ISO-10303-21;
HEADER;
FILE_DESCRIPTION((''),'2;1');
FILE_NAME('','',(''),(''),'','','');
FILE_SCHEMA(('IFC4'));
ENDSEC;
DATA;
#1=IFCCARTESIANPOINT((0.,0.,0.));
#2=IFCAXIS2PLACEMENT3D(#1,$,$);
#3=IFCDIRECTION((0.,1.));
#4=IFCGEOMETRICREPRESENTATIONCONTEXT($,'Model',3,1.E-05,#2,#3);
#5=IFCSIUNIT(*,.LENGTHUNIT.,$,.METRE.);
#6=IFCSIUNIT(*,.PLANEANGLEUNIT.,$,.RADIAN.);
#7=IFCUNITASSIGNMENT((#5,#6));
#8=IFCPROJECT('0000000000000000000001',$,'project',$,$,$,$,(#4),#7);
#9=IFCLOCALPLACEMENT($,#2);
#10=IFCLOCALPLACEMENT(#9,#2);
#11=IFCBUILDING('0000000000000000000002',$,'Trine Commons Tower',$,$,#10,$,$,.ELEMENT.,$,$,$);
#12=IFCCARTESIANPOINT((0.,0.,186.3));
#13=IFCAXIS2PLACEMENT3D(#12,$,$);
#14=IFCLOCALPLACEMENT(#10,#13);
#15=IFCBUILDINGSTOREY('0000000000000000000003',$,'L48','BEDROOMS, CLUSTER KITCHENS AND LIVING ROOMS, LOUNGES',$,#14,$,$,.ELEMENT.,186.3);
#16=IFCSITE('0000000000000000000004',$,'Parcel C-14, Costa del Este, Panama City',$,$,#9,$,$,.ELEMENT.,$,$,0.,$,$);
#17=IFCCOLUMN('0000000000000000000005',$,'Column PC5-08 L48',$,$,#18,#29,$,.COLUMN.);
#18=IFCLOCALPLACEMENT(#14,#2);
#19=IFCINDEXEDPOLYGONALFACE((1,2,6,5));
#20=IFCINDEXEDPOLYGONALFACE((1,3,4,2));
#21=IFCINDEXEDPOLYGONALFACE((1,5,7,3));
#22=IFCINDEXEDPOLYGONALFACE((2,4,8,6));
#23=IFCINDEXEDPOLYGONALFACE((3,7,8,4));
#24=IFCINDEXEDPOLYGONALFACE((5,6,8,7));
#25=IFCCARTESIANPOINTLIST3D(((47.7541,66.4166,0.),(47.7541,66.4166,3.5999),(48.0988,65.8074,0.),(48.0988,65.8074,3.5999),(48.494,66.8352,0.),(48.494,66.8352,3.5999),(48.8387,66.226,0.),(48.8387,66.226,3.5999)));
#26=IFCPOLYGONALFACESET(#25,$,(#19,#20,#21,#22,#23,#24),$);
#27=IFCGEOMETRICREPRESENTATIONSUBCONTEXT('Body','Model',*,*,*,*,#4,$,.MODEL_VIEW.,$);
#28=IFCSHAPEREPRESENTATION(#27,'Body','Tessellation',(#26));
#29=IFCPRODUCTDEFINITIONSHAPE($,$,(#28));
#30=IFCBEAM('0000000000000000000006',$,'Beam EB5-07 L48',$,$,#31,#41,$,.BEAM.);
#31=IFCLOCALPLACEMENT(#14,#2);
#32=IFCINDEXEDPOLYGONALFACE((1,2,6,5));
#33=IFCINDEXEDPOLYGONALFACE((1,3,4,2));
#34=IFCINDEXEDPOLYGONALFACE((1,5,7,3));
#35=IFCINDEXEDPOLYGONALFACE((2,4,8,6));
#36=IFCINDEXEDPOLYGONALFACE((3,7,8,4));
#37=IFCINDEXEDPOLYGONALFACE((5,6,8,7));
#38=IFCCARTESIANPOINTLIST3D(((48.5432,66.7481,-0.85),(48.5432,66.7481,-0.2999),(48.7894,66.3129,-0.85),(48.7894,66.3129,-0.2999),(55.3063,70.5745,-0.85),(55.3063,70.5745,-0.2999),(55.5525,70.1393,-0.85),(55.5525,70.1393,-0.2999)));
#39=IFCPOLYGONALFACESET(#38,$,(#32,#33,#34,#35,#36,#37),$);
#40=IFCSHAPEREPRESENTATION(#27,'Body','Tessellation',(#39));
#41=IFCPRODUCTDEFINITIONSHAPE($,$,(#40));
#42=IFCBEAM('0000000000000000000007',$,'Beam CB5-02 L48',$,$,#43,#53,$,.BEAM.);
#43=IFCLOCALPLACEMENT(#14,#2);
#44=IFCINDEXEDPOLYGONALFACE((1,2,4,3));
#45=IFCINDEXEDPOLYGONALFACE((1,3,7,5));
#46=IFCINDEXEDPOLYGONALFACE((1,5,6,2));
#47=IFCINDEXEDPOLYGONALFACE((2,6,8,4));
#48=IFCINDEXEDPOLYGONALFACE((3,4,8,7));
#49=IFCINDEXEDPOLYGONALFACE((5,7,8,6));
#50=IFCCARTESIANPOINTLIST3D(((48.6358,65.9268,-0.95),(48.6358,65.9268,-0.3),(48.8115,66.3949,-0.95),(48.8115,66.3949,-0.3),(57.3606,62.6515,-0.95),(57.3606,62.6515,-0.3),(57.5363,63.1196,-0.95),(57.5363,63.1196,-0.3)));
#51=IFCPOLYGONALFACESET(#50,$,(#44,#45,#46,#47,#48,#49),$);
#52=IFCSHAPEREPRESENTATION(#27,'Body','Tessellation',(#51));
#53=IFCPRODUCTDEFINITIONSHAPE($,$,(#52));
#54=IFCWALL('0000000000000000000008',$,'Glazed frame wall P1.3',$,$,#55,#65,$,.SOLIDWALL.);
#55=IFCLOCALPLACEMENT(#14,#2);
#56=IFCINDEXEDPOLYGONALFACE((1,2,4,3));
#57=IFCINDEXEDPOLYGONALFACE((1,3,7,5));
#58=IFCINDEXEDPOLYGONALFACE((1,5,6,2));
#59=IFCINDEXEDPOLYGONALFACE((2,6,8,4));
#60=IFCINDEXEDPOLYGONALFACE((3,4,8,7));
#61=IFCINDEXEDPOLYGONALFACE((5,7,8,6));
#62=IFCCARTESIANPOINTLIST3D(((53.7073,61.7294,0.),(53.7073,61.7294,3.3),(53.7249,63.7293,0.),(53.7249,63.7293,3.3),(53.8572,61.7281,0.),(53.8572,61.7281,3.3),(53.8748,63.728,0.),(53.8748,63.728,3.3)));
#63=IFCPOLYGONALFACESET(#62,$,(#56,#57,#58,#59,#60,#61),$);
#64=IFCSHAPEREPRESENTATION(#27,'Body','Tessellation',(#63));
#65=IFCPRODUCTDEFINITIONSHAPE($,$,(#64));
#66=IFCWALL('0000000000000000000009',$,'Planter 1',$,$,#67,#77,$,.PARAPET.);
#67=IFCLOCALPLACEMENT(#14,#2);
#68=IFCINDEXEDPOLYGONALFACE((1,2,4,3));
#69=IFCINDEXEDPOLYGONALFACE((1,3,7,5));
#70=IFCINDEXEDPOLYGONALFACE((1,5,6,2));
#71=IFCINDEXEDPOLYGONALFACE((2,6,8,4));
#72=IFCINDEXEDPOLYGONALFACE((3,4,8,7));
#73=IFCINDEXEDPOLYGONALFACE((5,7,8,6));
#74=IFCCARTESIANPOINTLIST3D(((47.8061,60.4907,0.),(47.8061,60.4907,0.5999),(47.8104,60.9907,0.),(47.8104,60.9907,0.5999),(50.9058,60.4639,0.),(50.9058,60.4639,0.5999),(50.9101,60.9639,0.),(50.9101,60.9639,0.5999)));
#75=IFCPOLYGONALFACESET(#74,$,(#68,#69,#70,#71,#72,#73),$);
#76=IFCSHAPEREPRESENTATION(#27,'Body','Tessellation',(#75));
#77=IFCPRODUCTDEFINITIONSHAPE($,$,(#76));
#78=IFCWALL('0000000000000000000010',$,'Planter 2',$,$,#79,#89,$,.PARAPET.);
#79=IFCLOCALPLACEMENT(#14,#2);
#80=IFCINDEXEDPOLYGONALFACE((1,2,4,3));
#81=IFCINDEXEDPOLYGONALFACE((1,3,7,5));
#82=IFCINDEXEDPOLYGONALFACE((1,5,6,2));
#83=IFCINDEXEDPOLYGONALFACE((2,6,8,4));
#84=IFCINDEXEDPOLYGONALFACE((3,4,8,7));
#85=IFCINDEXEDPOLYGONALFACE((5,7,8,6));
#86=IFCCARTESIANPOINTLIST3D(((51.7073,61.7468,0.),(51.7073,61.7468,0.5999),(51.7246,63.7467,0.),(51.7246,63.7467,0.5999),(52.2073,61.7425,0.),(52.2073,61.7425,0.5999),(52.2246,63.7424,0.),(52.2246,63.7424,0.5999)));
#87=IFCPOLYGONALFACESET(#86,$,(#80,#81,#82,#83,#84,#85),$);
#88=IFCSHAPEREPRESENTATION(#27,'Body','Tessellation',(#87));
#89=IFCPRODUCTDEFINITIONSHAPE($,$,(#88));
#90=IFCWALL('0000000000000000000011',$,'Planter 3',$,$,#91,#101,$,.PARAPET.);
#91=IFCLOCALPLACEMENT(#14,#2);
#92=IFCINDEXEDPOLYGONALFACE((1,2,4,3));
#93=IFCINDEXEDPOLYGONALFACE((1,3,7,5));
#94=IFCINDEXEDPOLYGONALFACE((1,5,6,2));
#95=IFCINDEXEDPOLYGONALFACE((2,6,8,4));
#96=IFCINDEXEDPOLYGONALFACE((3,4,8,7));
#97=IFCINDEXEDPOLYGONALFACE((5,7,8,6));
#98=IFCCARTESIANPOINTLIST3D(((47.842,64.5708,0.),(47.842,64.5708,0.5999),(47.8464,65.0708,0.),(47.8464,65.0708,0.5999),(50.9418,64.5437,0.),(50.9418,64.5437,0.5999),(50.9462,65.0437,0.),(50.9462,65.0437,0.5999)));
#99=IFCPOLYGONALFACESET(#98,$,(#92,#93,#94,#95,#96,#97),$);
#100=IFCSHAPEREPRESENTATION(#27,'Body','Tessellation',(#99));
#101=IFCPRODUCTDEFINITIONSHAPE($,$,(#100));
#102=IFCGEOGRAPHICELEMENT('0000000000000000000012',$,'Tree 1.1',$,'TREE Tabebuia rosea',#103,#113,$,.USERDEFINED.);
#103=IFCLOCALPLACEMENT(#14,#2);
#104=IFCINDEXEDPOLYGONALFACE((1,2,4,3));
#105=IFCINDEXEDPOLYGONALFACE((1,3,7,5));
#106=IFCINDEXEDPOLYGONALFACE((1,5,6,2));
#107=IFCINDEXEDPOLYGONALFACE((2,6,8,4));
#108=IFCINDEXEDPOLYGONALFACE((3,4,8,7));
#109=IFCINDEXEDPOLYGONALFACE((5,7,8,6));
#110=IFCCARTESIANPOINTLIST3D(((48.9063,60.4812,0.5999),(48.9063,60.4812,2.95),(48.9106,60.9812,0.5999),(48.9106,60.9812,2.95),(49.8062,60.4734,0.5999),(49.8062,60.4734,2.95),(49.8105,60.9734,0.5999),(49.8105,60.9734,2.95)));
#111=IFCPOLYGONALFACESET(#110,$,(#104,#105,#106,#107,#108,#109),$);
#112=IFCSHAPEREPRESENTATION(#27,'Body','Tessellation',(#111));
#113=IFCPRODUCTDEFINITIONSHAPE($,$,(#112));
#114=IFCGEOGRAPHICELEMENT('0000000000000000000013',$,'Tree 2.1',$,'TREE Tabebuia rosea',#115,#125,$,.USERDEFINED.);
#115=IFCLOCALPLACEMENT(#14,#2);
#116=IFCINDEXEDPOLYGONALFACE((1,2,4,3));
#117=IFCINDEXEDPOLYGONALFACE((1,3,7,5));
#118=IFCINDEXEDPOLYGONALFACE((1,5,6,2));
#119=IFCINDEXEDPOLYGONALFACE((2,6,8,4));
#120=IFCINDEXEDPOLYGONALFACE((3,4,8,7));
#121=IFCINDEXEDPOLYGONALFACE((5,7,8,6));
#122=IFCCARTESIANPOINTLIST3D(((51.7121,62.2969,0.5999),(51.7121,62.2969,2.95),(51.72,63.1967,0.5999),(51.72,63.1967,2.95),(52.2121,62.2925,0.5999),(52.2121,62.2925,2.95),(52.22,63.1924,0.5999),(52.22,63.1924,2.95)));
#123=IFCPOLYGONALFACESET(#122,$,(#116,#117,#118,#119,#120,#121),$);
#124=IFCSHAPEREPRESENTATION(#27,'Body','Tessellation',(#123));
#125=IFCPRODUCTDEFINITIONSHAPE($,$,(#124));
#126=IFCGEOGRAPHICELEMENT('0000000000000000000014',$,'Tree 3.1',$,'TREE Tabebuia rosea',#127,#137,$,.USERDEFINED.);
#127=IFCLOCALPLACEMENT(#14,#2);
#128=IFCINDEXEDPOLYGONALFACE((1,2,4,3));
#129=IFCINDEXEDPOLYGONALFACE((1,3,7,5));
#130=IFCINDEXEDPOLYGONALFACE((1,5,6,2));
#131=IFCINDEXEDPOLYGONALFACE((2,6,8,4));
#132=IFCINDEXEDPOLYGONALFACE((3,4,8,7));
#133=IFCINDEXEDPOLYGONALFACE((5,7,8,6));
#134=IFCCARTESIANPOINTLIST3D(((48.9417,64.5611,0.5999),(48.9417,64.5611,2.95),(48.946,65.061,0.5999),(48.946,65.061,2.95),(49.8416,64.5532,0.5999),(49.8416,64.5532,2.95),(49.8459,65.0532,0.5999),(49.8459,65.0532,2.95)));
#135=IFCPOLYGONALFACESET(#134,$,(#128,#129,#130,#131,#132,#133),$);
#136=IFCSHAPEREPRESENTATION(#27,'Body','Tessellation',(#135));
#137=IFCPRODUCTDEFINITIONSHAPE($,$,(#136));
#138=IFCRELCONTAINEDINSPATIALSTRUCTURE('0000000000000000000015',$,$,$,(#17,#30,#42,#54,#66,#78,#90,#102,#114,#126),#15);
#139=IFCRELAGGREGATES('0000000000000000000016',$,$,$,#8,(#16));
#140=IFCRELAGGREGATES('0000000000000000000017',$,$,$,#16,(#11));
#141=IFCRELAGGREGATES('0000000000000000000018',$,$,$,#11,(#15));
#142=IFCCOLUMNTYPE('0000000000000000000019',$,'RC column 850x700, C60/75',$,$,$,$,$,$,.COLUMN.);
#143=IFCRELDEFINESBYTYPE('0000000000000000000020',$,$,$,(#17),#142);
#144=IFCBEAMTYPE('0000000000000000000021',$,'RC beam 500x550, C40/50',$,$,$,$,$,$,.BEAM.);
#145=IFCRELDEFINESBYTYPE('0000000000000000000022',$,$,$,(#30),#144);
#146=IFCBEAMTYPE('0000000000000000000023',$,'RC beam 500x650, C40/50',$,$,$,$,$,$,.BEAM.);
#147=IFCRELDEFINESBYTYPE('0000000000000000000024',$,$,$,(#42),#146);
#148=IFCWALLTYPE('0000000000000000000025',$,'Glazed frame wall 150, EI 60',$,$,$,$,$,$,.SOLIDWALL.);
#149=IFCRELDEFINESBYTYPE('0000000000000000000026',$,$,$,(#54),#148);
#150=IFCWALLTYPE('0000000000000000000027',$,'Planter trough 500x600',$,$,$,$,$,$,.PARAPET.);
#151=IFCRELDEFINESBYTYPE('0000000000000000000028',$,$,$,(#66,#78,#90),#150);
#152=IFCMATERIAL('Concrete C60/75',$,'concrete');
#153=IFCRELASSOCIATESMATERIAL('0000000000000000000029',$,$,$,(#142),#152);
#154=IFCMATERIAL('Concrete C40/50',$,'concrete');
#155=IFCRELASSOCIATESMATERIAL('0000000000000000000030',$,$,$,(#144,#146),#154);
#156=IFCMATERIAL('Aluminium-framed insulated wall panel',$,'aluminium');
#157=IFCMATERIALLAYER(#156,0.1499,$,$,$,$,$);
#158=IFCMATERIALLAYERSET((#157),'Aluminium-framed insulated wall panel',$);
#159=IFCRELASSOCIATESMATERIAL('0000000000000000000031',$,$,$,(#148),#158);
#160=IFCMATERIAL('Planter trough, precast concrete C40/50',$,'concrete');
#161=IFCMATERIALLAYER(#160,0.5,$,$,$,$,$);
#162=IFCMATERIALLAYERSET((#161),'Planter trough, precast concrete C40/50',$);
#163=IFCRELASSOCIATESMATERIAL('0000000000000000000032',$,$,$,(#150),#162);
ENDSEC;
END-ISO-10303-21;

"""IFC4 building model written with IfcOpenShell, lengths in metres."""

from ifc_helpers import new_model, si_unit, direction, frame, frame_2d, origin, origin_2d, place, context, subcontext, project, spatial, polyline, rectangle, outline, extrude, material, layer, layer_set, material_profile, profile_set, type_object, element, save


model = new_model("IFC4")

# Units and contexts
model_context = context("Model", 3, precision=1e-05, world=origin(), true_north=direction((0.0, 1.0)))
body_context = subcontext(model_context, "Body", "Model", "MODEL_VIEW")
ifc_project = project(units=[si_unit("LENGTHUNIT", "METRE"), si_unit("PLANEANGLEUNIT", "RADIAN")], contexts=[model_context])

# Site, building, storey
site_placement = place(None, origin())
site = spatial("IfcSite", under=ifc_project, at=site_placement, Name="Parcel C-14, Costa del Este, Panama City", CompositionType="ELEMENT", RefElevation=0.0)
building_placement = place(site_placement, origin())
building = spatial("IfcBuilding", under=site, at=building_placement, Name="Trine Commons Tower", CompositionType="ELEMENT")
storey_placement = place(building_placement, frame((0.0, 0.0, 186.3)))
storey = spatial("IfcBuildingStorey", under=building, at=storey_placement, Name="L48", Description="BEDROOMS, CLUSTER KITCHENS AND LIVING ROOMS, LOUNGES", CompositionType="ELEMENT", Elevation=186.3)

# Column
ifc_material_1 = material(Name="Concrete C60/75", Category="concrete")
ifc_material_profile_1 = material_profile(ifc_material_1, rectangle(XDim=0.8501, YDim=0.7, at=origin_2d()), Name="RC 850x700")
ifc_profile_set_1 = profile_set([ifc_material_profile_1], Name="Concrete C60/75")
column_type = type_object("IfcColumnType", Name="RC column 850x700, C60/75", PredefinedType="COLUMN", material=ifc_profile_set_1)
column_placement = place(storey_placement, frame((48.2964, 66.3213, 0.0), z_axis=(0.0, 0.0, 1.0), x_axis=(0.870356, 0.492424, 0.0)))
element("IfcColumn", 1, at=column_placement, inside=storey, type_object=column_type, Name="Column PC5-08 L48", PredefinedType="COLUMN", context=body_context, shape_type="SweptSolid", body=[
    extrude(rectangle(XDim=0.8501, YDim=0.7, at=origin_2d()), origin(), (0.0, 0.0, 1.0), 3.5999),
])

# Beams
ifc_material_2 = material(Name="Concrete C40/50", Category="concrete")
ifc_material_profile_2 = material_profile(ifc_material_2, rectangle(XDim=0.5, YDim=0.55, at=origin_2d()), Name="RC 500x550")
ifc_profile_set_2 = profile_set([ifc_material_profile_2], Name="Concrete C40/50")
beam_type_1 = type_object("IfcBeamType", Name="RC beam 500x550, C40/50", PredefinedType="BEAM", material=ifc_profile_set_2)
beam_1_placement = place(storey_placement, frame((48.6663, 66.5305, -0.575), z_axis=(0.870356, 0.492423, 0.0), x_axis=(-0.492423, 0.870356, 0.0)))
element("IfcBeam", 2, at=beam_1_placement, inside=storey, type_object=beam_type_1, Name="Beam EB5-07 L48", PredefinedType="BEAM", context=body_context, shape_type="SweptSolid", body=[
    extrude(rectangle(XDim=0.5, YDim=0.55, at=origin_2d()), origin(), (0.0, 0.0, 1.0), 7.7705),
])
ifc_material_profile_3 = material_profile(ifc_material_2, rectangle(XDim=0.5, YDim=0.6499, at=origin_2d()), Name="RC 500x650")
ifc_profile_set_3 = profile_set([ifc_material_profile_3], Name="Concrete C40/50")
beam_type_2 = type_object("IfcBeamType", Name="RC beam 500x650, C40/50", PredefinedType="BEAM", material=ifc_profile_set_3)
beam_2_placement = place(storey_placement, frame((48.7236, 66.1609, -0.625), z_axis=(0.936203, -0.351459, 0.0), x_axis=(0.351459, 0.936203, 0.0)))
element("IfcBeam", 3, at=beam_2_placement, inside=storey, type_object=beam_type_2, Name="Beam CB5-02 L48", PredefinedType="BEAM", context=body_context, shape_type="SweptSolid", body=[
    extrude(rectangle(XDim=0.5, YDim=0.6499, at=origin_2d()), origin(), (0.0, 0.0, 1.0), 9.3193),
])

# Wall
ifc_material_3 = material(Name="Aluminium-framed insulated wall panel", Category="aluminium")
ifc_layer_1 = layer(ifc_material_3, 0.1499)
ifc_layer_set_1 = layer_set([ifc_layer_1], Name="Aluminium-framed insulated wall panel")
wall_type_1 = type_object("IfcWallType", Name="Glazed frame wall 150, EI 60", PredefinedType="SOLIDWALL", material=ifc_layer_set_1)
wall_1_placement = place(storey_placement, frame((53.7822, 61.7288, 0.0), z_axis=(0.0, 0.0, 1.0), x_axis=(0.008789, 0.999961, 0.0)))
element("IfcWall", 4, at=wall_1_placement, inside=storey, type_object=wall_type_1, Name="Glazed frame wall P1.3", PredefinedType="SOLIDWALL", context=body_context, shape_type="SweptSolid", body=[
    extrude(outline(polyline([(0.0, -0.075), (2.0, -0.075), (2.0, 0.075), (0.0, 0.075), (0.0, -0.075)])), origin(), (0.0, 0.0, 1.0), 3.3),
])

# Walls
ifc_material_4 = material(Name="Planter trough, precast concrete C40/50", Category="concrete")
ifc_layer_2 = layer(ifc_material_4, 0.5)
ifc_layer_set_2 = layer_set([ifc_layer_2], Name="Planter trough, precast concrete C40/50")
wall_type_2 = type_object("IfcWallType", Name="Planter trough 500x600", PredefinedType="PARAPET", material=ifc_layer_set_2)
wall_2_placement = place(storey_placement, frame((47.8083, 60.7407, 0.0), z_axis=(0.0, 0.0, 1.0), x_axis=(0.999962, -0.008663, 0.0)))
element("IfcWall", 5, at=wall_2_placement, inside=storey, type_object=wall_type_2, Name="Planter 1", PredefinedType="PARAPET", context=body_context, shape_type="SweptSolid", body=[
    extrude(rectangle(XDim=3.0999, YDim=0.5, at=frame_2d((1.5498, 0.0))), origin(), (0.0, 0.0, 1.0), 0.5999),
])
wall_3_placement = place(storey_placement, frame((51.9573, 61.7446, 0.0), z_axis=(0.0, 0.0, 1.0), x_axis=(0.008667, 0.999962, 0.0)))
element("IfcWall", 6, at=wall_3_placement, inside=storey, type_object=wall_type_2, Name="Planter 2", PredefinedType="PARAPET", context=body_context, shape_type="SweptSolid", body=[
    extrude(rectangle(XDim=2.0, YDim=0.5, at=frame_2d((1.0, 0.0))), origin(), (0.0, 0.0, 1.0), 0.5999),
])
wall_4_placement = place(storey_placement, frame((50.9438, 64.7937, 0.0), z_axis=(0.0, 0.0, 1.0), x_axis=(-0.999962, 0.008742, 0.0)))
element("IfcWall", 7, at=wall_4_placement, inside=storey, type_object=wall_type_2, Name="Planter 3", PredefinedType="PARAPET", context=body_context, shape_type="SweptSolid", body=[
    extrude(rectangle(XDim=3.0999, YDim=0.5, at=frame_2d((1.5498, 0.0))), origin(), (0.0, 0.0, 1.0), 0.5999),
])

# Geographic elements
for number, where, z_axis, x_axis, name in (
    (8, (49.3584, 60.7273, 0.5999), (0.0, 0.0, 1.0), (0.999962, -0.008727, 0.0), "Tree 1.1"),
    (9, (51.9661, 62.7446, 0.5999), (0.0, 0.0, 1.0), (0.008727, 0.999962, 0.0), "Tree 2.1"),
    (10, (49.3938, 64.8071, 0.5999), (0.0, 0.0, 1.0), (-0.999962, 0.008727, 0.0), "Tree 3.1"),
):
    element("IfcGeographicElement", number, at=place(storey_placement, frame(where, z_axis=z_axis, x_axis=x_axis)), inside=storey, Name=name, ObjectType="TREE Tabebuia rosea", PredefinedType="USERDEFINED", context=body_context, shape_type="SweptSolid", body=[
        extrude(rectangle(XDim=0.8999, YDim=0.5, at=origin_2d()), origin(), (0.0, 0.0, 1.0), 2.3501),
    ])

save(model, "model.ifc")
